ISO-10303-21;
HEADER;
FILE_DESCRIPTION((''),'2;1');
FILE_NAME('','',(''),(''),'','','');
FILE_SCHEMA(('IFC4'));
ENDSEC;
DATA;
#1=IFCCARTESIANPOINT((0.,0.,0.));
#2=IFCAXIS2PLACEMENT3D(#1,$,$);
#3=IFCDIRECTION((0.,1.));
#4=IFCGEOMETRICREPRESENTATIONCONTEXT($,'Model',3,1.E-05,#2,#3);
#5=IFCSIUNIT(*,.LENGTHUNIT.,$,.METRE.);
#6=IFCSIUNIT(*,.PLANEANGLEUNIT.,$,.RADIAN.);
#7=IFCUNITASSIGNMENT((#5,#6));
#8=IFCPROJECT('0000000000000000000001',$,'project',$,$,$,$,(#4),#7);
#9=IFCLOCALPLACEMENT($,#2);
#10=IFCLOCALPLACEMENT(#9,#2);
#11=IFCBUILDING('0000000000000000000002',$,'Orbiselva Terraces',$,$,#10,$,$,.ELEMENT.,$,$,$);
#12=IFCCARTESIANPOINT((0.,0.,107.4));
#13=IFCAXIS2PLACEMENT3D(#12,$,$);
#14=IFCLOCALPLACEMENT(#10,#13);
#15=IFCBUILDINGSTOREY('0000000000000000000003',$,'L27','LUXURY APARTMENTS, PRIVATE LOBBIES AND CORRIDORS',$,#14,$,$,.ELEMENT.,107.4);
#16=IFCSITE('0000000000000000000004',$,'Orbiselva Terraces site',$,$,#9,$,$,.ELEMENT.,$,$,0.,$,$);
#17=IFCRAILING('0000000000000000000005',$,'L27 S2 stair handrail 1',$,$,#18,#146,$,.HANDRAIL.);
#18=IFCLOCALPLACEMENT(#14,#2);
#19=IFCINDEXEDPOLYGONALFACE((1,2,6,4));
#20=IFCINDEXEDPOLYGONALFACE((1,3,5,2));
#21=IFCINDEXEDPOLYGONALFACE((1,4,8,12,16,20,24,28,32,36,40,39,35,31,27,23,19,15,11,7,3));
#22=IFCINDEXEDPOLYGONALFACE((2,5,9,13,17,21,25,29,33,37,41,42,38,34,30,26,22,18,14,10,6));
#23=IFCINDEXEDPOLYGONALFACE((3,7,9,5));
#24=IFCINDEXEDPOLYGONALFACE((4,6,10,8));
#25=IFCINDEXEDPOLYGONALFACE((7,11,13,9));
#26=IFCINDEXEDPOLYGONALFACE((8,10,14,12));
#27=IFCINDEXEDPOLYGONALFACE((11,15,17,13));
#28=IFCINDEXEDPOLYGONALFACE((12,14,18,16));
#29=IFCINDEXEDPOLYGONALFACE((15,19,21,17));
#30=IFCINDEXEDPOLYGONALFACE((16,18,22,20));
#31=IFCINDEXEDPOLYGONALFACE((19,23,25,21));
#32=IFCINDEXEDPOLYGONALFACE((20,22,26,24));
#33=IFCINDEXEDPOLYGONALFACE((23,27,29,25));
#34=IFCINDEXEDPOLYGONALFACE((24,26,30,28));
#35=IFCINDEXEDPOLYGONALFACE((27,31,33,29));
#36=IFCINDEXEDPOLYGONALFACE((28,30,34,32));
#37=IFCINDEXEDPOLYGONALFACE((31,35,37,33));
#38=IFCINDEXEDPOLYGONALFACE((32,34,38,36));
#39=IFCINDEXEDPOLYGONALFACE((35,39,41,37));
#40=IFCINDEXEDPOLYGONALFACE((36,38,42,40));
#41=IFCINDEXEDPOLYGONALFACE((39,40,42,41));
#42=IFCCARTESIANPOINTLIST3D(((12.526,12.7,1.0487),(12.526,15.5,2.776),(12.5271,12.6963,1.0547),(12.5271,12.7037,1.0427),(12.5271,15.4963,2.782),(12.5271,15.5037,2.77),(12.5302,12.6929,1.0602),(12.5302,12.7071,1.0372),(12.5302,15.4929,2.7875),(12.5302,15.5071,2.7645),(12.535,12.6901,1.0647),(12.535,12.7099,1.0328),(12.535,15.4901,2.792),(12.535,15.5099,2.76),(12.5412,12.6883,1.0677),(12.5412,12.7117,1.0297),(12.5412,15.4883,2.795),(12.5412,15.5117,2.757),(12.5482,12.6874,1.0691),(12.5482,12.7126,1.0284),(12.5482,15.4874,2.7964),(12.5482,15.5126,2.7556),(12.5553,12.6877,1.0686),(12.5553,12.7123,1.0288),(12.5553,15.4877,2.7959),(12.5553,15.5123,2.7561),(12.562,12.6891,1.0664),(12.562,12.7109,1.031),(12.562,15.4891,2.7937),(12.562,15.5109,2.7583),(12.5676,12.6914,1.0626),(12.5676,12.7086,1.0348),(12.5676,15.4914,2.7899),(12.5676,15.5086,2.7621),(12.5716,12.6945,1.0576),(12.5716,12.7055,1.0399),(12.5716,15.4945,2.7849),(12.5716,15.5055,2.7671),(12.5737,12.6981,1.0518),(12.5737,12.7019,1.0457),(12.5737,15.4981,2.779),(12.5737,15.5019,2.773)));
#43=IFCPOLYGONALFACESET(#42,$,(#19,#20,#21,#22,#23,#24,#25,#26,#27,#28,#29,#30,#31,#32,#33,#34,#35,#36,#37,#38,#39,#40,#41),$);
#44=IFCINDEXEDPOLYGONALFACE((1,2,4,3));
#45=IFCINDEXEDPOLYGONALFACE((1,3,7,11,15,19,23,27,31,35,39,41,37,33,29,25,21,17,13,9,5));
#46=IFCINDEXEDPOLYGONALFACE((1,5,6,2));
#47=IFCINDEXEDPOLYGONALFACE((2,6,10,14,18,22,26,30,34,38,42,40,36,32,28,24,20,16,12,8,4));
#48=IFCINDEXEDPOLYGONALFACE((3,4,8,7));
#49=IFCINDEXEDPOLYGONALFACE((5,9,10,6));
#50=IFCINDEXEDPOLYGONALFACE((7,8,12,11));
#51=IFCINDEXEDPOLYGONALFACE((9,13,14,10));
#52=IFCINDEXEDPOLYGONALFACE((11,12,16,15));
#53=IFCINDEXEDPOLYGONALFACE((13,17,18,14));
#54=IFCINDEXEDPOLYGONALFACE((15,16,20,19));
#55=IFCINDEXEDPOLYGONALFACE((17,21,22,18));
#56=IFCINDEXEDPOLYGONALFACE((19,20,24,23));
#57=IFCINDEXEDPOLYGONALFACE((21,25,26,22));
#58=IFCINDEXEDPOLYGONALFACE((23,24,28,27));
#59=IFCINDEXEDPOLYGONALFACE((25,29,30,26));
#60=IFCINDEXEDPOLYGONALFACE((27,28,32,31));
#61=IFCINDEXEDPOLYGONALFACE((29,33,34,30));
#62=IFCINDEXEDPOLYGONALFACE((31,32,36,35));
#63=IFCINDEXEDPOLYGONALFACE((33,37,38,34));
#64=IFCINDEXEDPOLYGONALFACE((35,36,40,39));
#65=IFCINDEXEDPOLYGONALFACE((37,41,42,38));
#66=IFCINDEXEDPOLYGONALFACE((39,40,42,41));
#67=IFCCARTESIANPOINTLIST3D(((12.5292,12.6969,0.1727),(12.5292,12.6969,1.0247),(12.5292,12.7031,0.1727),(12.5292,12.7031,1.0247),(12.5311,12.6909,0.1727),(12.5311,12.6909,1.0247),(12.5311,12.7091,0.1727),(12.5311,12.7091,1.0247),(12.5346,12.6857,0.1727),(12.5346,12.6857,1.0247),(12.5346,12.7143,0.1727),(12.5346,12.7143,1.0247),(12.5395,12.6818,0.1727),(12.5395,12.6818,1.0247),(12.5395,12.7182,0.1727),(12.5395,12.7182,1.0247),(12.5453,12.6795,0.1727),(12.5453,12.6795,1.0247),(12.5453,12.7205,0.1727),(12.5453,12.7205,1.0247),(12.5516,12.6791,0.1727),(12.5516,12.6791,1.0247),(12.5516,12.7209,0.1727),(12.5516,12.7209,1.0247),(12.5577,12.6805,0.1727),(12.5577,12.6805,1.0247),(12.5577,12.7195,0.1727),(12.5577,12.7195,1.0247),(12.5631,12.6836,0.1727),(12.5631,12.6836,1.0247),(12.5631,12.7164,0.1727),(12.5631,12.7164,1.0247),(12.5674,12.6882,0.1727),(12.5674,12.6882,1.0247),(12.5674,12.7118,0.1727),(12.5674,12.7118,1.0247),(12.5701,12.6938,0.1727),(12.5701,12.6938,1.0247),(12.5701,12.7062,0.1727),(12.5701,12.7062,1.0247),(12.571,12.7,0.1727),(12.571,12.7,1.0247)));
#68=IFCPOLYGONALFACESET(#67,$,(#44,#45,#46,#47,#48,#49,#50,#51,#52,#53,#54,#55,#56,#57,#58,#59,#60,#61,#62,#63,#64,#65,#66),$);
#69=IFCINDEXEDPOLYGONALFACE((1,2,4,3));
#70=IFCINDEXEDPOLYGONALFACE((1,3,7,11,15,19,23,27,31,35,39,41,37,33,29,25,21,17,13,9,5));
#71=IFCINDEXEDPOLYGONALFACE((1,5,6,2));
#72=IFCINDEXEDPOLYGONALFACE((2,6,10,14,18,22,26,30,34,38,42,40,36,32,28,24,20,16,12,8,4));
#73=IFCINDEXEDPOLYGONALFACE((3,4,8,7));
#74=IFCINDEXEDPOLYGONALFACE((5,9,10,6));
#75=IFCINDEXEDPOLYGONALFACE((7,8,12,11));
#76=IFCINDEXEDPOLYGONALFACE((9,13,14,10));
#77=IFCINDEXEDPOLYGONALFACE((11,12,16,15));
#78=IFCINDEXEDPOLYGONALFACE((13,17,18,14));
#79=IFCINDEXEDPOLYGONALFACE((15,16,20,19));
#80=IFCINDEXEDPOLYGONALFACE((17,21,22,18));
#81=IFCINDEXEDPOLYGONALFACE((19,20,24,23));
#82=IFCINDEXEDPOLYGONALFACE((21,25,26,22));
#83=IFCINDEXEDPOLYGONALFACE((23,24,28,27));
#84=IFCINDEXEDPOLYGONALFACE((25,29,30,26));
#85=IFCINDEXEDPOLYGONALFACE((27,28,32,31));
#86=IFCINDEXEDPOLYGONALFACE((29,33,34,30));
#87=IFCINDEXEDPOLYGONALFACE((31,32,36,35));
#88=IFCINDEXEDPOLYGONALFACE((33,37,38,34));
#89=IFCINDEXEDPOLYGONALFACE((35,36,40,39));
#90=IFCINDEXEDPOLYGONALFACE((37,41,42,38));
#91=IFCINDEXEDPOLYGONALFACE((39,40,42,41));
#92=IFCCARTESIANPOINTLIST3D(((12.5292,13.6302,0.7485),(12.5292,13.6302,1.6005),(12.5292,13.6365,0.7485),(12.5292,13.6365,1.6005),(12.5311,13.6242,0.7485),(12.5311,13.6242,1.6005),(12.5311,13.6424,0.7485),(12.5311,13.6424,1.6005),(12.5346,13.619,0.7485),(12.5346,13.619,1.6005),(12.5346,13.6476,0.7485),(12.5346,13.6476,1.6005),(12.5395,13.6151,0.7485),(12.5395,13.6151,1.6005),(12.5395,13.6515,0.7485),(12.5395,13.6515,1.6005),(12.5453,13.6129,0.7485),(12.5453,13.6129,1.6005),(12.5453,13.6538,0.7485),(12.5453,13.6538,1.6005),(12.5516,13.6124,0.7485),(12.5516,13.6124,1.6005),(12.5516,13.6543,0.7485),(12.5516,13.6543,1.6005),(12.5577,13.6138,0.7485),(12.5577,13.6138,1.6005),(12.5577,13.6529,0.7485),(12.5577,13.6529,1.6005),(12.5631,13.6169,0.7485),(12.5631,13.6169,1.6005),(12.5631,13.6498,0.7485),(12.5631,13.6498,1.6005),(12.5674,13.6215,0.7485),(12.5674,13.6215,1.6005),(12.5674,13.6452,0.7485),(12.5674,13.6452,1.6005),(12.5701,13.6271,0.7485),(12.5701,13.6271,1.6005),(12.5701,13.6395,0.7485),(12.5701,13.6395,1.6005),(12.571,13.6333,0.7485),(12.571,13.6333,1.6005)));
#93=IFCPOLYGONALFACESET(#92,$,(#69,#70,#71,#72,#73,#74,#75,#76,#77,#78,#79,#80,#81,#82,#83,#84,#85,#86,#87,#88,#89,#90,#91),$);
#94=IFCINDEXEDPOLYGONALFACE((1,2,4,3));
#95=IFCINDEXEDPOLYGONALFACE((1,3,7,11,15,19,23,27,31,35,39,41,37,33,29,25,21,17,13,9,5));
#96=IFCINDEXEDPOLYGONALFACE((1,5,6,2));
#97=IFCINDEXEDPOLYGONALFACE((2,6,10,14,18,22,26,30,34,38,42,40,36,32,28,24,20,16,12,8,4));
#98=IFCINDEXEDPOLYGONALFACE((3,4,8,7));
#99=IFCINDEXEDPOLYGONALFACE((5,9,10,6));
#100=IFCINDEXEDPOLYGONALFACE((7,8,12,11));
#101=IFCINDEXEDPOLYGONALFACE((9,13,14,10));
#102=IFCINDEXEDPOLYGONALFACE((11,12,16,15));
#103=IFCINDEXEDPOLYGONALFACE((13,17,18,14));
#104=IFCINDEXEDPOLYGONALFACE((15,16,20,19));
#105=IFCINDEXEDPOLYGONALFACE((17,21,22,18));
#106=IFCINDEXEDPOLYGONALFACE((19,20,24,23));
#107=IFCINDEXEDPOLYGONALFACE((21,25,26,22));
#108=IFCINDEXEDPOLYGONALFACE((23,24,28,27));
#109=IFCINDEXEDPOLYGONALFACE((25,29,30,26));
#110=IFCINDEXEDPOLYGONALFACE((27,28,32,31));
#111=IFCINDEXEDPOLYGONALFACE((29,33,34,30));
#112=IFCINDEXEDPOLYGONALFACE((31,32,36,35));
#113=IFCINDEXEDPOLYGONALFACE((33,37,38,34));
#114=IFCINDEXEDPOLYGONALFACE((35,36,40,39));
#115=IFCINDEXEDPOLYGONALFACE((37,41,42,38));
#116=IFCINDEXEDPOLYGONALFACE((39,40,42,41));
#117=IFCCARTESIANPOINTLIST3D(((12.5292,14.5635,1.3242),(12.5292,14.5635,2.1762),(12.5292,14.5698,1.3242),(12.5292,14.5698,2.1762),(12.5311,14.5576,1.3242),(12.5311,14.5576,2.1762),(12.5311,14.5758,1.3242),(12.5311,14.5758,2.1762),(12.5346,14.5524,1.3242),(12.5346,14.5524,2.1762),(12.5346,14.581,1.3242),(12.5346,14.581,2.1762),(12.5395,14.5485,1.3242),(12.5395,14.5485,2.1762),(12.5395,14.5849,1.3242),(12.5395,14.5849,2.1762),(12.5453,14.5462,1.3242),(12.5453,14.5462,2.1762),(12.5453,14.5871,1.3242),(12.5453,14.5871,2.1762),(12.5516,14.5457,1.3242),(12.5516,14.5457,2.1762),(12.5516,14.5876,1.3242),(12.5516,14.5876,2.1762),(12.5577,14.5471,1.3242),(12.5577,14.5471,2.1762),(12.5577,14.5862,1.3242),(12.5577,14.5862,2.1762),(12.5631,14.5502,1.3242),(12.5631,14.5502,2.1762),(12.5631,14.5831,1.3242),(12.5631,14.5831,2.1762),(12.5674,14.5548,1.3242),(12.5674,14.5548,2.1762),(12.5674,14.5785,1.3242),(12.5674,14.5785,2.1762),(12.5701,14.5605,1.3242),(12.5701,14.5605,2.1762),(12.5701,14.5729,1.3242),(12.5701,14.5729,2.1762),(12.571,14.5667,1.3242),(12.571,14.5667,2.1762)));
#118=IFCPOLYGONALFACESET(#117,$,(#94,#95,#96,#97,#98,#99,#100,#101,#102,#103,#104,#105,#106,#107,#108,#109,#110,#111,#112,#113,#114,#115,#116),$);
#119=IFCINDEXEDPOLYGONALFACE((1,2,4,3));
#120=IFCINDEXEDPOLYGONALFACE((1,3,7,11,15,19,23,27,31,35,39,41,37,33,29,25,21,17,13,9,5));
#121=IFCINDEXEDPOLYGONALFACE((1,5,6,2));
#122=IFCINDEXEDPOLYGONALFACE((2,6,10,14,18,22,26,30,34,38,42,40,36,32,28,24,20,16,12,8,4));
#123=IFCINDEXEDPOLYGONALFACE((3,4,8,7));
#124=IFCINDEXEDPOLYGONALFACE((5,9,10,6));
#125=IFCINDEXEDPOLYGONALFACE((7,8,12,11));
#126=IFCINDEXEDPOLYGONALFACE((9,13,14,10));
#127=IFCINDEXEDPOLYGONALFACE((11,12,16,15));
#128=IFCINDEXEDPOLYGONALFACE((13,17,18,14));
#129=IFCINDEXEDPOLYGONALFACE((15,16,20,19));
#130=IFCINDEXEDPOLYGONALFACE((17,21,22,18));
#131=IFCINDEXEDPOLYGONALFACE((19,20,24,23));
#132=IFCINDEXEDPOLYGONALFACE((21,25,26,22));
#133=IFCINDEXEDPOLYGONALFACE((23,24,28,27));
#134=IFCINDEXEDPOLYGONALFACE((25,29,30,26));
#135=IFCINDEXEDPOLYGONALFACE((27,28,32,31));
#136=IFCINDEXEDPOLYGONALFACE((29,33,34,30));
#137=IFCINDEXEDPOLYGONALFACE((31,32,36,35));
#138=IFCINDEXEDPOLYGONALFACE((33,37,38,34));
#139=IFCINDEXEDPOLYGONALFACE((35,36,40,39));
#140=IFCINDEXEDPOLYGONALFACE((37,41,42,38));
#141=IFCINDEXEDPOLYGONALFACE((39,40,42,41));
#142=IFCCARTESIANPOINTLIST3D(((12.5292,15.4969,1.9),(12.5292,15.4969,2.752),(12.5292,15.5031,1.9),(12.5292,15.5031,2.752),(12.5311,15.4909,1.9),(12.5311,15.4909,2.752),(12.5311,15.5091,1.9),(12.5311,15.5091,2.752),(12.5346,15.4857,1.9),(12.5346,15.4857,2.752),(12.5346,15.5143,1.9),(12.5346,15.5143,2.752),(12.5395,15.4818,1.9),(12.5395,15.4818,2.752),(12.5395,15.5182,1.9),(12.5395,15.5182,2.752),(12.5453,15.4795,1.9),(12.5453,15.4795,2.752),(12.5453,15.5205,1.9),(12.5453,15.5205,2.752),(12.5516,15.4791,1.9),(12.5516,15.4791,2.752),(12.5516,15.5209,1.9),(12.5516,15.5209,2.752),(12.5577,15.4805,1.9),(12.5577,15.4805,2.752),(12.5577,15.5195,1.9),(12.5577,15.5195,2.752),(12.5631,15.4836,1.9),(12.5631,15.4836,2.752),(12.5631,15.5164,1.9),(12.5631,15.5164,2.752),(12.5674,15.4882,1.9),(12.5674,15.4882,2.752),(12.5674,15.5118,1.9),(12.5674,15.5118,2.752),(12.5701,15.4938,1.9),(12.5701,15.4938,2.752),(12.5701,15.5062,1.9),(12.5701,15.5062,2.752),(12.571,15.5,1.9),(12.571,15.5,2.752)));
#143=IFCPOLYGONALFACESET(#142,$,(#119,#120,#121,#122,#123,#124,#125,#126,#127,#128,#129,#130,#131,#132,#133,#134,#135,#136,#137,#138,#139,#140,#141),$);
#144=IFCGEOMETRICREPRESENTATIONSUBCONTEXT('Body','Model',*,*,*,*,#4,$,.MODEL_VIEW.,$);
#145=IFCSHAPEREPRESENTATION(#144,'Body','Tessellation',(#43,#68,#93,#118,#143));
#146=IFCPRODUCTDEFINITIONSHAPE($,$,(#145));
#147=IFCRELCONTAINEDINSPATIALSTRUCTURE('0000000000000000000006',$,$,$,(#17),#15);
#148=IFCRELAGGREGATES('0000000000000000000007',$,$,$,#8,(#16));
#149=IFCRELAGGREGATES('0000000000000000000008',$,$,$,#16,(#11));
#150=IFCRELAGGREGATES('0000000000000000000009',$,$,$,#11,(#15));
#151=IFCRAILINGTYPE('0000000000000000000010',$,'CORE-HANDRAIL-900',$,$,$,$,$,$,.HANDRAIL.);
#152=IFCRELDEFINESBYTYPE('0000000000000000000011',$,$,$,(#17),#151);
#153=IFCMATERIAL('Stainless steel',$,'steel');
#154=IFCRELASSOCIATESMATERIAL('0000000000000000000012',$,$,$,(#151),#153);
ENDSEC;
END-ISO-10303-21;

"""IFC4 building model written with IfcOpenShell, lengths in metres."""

from ifc_helpers import new_model, si_unit, direction, frame, origin, origin_2d, place, context, subcontext, project, spatial, circle, extrude, material, type_object, element, save


model = new_model("IFC4")

# Units and contexts
model_context = context("Model", 3, precision=1e-05, world=origin(), true_north=direction((0.0, 1.0)))
body_context = subcontext(model_context, "Body", "Model", "MODEL_VIEW")
ifc_project = project(units=[si_unit("LENGTHUNIT", "METRE"), si_unit("PLANEANGLEUNIT", "RADIAN")], contexts=[model_context])

# Site, building, storey
site_placement = place(None, origin())
site = spatial("IfcSite", under=ifc_project, at=site_placement, Name="Orbiselva Terraces site", CompositionType="ELEMENT", RefElevation=0.0)
building_placement = place(site_placement, origin())
building = spatial("IfcBuilding", under=site, at=building_placement, Name="Orbiselva Terraces", CompositionType="ELEMENT")
storey_placement = place(building_placement, frame((0.0, 0.0, 107.4)))
storey = spatial("IfcBuildingStorey", under=building, at=storey_placement, Name="L27", Description="LUXURY APARTMENTS, PRIVATE LOBBIES AND CORRIDORS", CompositionType="ELEMENT", Elevation=107.4)

# Railing
ifc_material_1 = material(Name="Stainless steel", Category="steel")
railing_type_1 = type_object("IfcRailingType", Name="CORE-HANDRAIL-900", PredefinedType="HANDRAIL", material=ifc_material_1)
railing_1_placement = place(storey_placement, frame((12.55, 12.7, 0.1727)))
element("IfcRailing", 1, at=railing_1_placement, inside=storey, type_object=railing_type_1, Name="L27 S2 stair handrail 1", PredefinedType="HANDRAIL", context=body_context, shape_type="SweptSolid", body=[
    extrude(circle(Radius=0.024, at=origin_2d()), frame((0.0, 0.0, 0.876), z_axis=(0.0, 0.851089, 0.525022), x_axis=(-1.0, 0.0, 0.0)), (0.0, 0.0, 1.0), 3.2899),
    extrude(circle(Radius=0.021, at=origin_2d()), origin(), (0.0, 0.0, 1.0), 0.852),
    extrude(circle(Radius=0.021, at=origin_2d()), frame((0.0, 0.9333, 0.5758)), (0.0, 0.0, 1.0), 0.852),
    extrude(circle(Radius=0.021, at=origin_2d()), frame((0.0, 1.8667, 1.1515)), (0.0, 0.0, 1.0), 0.852),
    extrude(circle(Radius=0.021, at=origin_2d()), frame((0.0, 2.8, 1.7273)), (0.0, 0.0, 1.0), 0.852),
])

save(model, "model.ifc")
